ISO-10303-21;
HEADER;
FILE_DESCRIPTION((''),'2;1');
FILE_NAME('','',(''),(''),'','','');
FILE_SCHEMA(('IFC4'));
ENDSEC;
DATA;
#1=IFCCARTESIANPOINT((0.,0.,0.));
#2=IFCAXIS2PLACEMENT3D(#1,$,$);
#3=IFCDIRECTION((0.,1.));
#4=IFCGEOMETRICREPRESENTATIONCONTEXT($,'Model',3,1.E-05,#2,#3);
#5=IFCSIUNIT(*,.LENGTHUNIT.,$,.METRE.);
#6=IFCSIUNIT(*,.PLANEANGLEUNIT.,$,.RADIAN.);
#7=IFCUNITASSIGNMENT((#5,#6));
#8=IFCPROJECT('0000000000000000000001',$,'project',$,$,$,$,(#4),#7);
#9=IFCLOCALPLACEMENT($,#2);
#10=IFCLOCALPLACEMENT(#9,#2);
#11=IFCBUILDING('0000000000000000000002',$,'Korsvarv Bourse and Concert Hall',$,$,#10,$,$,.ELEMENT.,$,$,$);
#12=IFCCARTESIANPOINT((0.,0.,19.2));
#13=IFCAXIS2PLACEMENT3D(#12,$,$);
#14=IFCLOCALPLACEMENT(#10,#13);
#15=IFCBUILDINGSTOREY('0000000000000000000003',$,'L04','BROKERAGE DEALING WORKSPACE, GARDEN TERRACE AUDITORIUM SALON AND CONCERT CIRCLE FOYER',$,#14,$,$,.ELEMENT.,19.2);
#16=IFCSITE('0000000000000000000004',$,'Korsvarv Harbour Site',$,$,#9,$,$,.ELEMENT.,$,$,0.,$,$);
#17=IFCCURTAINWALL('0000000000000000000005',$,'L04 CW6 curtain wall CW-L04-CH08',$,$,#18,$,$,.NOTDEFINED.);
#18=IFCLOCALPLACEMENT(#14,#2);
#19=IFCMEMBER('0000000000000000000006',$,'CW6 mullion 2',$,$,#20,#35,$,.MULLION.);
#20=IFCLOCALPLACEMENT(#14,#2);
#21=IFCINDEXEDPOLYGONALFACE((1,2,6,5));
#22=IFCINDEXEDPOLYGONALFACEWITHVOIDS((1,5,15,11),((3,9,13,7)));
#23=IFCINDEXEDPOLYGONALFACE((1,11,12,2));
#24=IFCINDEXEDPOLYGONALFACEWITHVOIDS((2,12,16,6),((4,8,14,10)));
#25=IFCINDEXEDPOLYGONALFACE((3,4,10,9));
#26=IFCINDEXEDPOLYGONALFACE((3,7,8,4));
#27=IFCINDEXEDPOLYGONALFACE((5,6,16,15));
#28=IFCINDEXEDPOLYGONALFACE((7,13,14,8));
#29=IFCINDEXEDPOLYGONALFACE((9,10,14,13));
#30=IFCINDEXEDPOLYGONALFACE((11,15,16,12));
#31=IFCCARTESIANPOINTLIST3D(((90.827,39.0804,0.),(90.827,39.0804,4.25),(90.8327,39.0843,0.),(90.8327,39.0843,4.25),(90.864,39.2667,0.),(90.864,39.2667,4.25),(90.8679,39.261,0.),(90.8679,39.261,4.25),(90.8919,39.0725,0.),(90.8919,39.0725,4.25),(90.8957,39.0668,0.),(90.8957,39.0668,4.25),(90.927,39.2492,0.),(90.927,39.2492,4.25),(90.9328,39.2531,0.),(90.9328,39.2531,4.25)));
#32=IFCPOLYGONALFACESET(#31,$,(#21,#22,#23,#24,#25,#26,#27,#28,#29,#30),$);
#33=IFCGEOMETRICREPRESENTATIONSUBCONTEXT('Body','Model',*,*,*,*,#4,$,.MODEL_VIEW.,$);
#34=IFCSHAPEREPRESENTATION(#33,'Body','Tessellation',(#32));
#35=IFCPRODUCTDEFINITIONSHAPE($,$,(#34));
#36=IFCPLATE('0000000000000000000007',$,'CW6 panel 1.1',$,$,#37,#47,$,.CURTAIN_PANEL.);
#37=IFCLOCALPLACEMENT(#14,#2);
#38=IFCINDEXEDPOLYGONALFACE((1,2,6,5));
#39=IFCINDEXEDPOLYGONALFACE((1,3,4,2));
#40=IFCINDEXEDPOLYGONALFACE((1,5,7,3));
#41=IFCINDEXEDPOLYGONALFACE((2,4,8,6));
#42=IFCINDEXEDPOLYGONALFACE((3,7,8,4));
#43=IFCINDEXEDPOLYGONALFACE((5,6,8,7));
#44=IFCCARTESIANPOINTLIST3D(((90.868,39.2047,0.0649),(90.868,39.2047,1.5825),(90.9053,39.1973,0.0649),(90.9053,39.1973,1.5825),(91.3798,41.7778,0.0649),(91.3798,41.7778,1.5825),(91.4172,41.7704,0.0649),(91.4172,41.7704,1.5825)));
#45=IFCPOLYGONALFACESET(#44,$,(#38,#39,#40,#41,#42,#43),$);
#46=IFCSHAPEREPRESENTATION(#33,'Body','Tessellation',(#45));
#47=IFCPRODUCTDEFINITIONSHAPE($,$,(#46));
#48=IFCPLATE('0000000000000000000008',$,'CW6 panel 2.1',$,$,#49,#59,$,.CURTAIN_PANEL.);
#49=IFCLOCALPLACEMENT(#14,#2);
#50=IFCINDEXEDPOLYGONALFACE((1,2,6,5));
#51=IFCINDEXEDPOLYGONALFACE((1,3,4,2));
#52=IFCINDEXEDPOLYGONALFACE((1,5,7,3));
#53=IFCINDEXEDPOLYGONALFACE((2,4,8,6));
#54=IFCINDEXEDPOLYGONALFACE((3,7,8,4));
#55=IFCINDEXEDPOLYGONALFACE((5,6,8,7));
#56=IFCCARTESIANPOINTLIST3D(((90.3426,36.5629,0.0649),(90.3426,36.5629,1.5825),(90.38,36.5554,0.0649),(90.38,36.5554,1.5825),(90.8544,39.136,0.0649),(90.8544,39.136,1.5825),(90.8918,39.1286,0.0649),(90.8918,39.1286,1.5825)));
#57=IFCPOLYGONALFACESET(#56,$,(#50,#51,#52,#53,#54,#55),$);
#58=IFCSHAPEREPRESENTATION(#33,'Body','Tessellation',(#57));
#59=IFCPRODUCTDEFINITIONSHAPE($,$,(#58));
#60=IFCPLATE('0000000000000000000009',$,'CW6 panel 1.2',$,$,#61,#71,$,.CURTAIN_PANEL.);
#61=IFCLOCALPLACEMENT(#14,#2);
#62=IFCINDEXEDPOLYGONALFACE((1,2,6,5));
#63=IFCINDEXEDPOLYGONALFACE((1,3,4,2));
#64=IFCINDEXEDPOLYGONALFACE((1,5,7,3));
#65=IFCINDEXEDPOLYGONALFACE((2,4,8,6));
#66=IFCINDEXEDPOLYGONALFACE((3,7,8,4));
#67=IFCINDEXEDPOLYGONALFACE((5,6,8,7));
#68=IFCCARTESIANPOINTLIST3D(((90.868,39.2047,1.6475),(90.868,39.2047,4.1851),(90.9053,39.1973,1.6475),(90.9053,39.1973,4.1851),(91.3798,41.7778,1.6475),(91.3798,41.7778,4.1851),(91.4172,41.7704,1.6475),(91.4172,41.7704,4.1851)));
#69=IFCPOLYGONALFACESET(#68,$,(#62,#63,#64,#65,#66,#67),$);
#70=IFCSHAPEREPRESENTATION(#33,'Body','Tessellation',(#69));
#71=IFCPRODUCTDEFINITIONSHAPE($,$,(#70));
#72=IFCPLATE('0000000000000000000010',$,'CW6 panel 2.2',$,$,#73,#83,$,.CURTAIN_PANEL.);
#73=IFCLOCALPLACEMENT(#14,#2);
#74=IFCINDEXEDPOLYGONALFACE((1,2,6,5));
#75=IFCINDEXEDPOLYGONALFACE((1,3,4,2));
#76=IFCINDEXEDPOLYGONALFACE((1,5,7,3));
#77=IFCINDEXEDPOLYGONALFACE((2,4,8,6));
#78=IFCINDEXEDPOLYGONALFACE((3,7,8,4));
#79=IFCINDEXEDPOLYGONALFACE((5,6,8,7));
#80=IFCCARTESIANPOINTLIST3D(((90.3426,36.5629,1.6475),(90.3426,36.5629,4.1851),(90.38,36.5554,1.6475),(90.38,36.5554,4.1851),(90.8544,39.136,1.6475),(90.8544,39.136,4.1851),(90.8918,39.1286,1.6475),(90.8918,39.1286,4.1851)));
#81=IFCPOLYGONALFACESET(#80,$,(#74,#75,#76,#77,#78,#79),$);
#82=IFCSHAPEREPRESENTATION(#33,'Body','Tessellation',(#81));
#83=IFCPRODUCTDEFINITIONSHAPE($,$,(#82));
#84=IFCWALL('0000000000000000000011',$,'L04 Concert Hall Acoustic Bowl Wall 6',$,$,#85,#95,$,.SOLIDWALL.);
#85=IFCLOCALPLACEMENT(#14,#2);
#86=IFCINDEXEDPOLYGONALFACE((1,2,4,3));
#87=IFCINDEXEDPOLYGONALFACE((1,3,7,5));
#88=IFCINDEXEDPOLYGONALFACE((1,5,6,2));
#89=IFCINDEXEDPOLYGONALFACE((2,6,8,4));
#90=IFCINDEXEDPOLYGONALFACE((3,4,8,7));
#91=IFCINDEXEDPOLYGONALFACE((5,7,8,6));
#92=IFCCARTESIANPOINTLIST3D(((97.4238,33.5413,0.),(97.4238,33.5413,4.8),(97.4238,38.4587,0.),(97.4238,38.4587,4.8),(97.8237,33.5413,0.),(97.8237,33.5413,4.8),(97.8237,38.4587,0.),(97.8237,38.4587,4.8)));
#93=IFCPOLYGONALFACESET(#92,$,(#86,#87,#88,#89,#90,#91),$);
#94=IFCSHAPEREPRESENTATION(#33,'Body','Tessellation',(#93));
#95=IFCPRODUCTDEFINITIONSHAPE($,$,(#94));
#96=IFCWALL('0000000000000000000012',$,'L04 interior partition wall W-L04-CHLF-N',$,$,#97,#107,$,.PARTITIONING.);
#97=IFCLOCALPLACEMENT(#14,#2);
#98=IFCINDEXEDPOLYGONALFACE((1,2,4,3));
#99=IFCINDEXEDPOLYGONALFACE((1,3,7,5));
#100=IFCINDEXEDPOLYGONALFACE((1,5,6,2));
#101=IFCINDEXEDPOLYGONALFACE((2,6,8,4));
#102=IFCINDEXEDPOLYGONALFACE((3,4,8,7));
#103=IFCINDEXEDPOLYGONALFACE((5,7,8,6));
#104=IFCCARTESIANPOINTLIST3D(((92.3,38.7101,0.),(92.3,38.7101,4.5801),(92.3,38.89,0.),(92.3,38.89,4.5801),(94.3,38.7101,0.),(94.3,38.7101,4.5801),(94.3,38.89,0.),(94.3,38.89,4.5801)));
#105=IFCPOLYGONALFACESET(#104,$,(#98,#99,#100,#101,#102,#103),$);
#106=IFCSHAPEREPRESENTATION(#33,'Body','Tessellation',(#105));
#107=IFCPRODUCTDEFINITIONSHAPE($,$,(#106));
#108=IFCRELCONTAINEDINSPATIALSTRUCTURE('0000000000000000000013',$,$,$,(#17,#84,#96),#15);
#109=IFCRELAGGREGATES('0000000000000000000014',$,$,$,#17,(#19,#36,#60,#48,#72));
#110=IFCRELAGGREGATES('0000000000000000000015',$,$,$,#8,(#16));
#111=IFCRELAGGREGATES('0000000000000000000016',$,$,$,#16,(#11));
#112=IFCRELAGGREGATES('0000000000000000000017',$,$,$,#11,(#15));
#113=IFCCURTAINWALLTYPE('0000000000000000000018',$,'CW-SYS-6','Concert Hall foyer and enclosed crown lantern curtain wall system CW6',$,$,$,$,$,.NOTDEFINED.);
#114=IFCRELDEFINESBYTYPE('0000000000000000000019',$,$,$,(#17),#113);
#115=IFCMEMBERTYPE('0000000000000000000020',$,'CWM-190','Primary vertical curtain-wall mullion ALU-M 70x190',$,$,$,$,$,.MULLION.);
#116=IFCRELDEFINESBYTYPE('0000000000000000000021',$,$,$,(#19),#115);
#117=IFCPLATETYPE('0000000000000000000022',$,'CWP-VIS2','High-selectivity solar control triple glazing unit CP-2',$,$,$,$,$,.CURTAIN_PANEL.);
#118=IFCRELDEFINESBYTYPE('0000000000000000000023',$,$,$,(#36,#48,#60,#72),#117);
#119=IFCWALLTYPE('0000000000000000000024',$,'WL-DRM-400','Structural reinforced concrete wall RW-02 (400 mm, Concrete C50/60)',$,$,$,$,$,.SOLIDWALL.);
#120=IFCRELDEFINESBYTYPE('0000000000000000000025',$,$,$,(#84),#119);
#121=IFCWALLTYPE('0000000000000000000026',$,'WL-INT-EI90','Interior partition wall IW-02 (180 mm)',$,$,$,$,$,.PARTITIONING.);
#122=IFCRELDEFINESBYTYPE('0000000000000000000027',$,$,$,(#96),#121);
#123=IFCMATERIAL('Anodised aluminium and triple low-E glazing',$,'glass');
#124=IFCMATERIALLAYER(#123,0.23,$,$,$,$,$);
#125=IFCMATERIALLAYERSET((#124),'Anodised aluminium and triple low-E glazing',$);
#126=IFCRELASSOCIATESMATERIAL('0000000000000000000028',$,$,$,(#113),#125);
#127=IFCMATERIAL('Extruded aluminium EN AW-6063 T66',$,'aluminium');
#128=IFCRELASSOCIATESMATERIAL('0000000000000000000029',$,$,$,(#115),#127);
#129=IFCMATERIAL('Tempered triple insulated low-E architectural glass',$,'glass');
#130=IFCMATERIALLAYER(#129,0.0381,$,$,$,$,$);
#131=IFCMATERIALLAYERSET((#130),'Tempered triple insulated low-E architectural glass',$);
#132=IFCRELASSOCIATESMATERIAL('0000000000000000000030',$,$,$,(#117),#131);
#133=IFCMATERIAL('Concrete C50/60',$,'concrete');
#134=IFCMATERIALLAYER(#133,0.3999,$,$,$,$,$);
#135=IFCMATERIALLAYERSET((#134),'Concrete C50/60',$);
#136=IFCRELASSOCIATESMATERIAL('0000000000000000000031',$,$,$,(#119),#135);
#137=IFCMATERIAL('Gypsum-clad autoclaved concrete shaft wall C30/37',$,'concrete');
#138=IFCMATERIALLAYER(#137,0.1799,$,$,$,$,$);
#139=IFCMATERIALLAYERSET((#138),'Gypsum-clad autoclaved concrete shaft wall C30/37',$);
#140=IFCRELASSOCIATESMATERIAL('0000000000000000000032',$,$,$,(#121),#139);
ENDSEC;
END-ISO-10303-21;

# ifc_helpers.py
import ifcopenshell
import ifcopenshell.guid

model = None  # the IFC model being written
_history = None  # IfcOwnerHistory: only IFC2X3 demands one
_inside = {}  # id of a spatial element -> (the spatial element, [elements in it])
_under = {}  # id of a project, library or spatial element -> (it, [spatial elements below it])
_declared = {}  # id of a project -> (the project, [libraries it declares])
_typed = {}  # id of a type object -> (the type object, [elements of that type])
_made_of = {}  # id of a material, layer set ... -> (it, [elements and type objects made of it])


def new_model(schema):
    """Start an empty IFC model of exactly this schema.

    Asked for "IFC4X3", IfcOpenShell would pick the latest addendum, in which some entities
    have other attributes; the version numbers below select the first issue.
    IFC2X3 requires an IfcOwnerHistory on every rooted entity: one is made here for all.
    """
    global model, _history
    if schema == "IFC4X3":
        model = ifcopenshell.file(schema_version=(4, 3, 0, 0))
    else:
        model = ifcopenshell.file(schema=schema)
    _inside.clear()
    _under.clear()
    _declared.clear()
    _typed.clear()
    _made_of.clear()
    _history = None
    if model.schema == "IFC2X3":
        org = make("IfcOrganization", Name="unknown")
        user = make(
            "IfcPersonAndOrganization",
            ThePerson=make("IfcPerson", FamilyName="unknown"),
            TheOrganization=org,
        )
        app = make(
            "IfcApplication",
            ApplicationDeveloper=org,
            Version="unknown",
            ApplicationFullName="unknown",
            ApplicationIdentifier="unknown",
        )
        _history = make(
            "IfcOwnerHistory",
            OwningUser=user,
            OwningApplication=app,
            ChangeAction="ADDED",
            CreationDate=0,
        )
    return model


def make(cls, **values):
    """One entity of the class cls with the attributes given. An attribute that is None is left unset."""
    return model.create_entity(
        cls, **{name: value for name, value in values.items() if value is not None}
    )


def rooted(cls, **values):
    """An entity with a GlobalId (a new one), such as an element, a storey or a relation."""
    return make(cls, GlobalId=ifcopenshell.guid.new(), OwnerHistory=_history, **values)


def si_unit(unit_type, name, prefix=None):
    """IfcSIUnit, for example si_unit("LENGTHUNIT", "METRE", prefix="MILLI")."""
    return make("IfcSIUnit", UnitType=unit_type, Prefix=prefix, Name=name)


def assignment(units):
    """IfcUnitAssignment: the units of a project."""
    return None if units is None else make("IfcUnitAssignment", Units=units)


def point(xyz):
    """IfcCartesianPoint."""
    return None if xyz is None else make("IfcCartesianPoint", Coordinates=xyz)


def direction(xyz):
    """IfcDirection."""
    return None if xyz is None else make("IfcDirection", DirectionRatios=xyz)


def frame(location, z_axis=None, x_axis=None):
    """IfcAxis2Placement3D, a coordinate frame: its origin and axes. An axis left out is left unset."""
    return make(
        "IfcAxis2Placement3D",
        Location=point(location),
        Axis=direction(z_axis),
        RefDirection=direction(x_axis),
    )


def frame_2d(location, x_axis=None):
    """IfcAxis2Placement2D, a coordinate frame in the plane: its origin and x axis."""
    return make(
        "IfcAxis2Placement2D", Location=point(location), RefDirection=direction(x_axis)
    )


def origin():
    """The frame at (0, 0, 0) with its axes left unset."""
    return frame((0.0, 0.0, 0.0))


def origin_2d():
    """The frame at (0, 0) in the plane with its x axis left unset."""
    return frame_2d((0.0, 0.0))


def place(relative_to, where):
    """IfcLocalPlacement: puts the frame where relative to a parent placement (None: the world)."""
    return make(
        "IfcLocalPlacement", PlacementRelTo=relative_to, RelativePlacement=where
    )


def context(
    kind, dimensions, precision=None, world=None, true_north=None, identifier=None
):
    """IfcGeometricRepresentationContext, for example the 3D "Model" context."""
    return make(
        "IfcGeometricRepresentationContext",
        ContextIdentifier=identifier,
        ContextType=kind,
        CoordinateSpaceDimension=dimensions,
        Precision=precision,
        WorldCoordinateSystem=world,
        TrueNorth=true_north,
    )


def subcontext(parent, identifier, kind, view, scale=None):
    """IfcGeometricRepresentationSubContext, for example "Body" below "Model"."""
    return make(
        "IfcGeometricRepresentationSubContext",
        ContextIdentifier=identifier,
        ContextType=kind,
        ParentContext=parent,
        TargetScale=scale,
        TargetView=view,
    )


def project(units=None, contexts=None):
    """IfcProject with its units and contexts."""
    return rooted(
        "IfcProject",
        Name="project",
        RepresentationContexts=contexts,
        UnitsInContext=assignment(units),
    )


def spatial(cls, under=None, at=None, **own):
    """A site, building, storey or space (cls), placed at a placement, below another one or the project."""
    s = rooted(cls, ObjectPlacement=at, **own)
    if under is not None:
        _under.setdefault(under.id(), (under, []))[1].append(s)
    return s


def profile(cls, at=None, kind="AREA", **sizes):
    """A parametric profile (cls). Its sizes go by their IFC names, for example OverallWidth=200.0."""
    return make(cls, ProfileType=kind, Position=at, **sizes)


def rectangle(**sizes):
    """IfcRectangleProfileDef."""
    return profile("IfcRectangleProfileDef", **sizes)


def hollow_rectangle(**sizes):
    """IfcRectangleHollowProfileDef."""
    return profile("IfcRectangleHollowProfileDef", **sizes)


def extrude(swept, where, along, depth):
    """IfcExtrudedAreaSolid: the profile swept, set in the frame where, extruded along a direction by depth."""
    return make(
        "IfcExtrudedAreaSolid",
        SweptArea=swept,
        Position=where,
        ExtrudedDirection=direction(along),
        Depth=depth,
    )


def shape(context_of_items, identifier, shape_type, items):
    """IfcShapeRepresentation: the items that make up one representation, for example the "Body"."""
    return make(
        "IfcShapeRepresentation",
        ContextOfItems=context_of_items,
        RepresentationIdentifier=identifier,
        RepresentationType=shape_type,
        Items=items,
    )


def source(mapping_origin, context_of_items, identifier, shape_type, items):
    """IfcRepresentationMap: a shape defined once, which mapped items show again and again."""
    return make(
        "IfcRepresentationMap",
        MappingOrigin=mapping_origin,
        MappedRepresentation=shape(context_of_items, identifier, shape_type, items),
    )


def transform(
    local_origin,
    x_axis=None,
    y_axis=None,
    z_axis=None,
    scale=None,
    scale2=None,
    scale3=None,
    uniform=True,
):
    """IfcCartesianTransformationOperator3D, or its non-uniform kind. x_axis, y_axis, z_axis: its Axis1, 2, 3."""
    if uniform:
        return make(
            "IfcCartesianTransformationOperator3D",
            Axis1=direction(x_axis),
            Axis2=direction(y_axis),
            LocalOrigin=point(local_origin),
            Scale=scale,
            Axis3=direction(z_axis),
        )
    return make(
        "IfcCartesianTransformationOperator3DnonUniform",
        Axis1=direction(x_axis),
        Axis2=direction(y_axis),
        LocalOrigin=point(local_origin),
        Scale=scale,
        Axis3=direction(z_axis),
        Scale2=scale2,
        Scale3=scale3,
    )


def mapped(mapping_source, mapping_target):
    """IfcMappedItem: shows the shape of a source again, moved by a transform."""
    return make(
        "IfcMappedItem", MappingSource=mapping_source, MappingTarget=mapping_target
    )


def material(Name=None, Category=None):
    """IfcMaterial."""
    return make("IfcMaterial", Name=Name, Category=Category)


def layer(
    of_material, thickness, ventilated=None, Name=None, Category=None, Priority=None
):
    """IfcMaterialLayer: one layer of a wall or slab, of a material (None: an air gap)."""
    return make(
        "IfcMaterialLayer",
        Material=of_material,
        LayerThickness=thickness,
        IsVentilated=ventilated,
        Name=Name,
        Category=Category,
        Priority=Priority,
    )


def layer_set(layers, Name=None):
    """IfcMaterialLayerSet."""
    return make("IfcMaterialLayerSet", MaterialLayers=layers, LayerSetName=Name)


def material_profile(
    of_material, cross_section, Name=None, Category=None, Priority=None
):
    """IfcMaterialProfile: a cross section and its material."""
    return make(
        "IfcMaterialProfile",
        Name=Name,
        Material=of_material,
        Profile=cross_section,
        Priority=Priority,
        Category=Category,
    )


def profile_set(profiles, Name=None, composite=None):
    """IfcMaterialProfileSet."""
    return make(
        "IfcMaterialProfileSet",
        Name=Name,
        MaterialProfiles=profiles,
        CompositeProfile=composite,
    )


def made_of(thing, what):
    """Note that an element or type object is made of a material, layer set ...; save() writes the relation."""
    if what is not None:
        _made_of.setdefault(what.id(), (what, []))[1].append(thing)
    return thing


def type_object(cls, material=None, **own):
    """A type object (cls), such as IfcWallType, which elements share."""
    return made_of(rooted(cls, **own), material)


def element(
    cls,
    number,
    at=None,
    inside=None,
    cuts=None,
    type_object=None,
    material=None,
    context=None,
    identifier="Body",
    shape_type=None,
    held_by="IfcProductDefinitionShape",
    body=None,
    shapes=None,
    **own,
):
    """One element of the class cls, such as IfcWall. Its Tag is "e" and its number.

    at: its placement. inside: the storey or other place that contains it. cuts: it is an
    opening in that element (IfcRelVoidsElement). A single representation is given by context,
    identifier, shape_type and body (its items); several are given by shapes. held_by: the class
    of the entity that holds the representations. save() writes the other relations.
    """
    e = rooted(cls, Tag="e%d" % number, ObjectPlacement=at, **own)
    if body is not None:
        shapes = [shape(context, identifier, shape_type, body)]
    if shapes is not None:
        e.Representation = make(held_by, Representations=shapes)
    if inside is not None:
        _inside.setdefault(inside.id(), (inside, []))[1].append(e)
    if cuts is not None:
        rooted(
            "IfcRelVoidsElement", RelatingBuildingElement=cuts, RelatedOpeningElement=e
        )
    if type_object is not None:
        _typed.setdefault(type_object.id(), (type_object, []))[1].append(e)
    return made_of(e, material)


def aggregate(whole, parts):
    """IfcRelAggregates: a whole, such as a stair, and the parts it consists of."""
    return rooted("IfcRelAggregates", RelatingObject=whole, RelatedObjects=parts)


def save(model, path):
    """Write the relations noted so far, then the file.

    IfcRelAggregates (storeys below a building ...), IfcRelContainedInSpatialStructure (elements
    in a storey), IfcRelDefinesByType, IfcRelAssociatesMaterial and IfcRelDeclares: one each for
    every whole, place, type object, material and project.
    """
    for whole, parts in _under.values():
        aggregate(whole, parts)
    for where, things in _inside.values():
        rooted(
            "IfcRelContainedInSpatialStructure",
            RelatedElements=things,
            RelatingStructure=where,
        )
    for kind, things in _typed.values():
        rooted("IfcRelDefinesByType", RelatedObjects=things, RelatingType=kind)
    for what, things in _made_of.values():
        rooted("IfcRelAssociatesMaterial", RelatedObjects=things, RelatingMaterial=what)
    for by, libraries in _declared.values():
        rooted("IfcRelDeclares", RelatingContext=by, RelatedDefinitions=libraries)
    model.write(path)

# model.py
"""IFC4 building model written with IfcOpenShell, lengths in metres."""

from ifc_helpers import new_model, si_unit, direction, frame, frame_2d, origin, origin_2d, place, context, subcontext, project, spatial, rectangle, hollow_rectangle, extrude, source, transform, mapped, material, layer, layer_set, material_profile, profile_set, type_object, element, aggregate, save


model = new_model("IFC4")

# Units and contexts
model_context = context("Model", 3, precision=1e-05, world=origin(), true_north=direction((0.0, 1.0)))
body_context = subcontext(model_context, "Body", "Model", "MODEL_VIEW")
ifc_project = project(units=[si_unit("LENGTHUNIT", "METRE"), si_unit("PLANEANGLEUNIT", "RADIAN")], contexts=[model_context])

# Site, building, storey
site_placement = place(None, origin())
site = spatial("IfcSite", under=ifc_project, at=site_placement, Name="Korsvarv Harbour Site", CompositionType="ELEMENT", RefElevation=0.0)
building_placement = place(site_placement, origin())
building = spatial("IfcBuilding", under=site, at=building_placement, Name="Korsvarv Bourse and Concert Hall", CompositionType="ELEMENT")
storey_placement = place(building_placement, frame((0.0, 0.0, 19.2)))
storey = spatial("IfcBuildingStorey", under=building, at=storey_placement, Name="L04", Description="BROKERAGE DEALING WORKSPACE, GARDEN TERRACE AUDITORIUM SALON AND CONCERT CIRCLE FOYER", CompositionType="ELEMENT", Elevation=19.2)

# Shared definitions
ifc_material_1 = material(Name="Concrete C50/60", Category="concrete")

# Curtain wall, member, plates
ifc_material_2 = material(Name="Anodised aluminium and triple low-E glazing", Category="glass")
ifc_layer_1 = layer(ifc_material_2, 0.23)
ifc_layer_set_1 = layer_set([ifc_layer_1], Name="Anodised aluminium and triple low-E glazing")
curtain_wall_type = type_object("IfcCurtainWallType", Name="CW-SYS-6", Description="Concert Hall foyer and enclosed crown lantern curtain wall system CW6", PredefinedType="NOTDEFINED", material=ifc_layer_set_1)
curtain_wall_placement = place(storey_placement, origin())
curtain_wall = element("IfcCurtainWall", 1, at=curtain_wall_placement, inside=storey, type_object=curtain_wall_type, Name="L04 CW6 curtain wall CW-L04-CH08", PredefinedType="NOTDEFINED")
ifc_material_3 = material(Name="Extruded aluminium EN AW-6063 T66", Category="aluminium")
ifc_material_profile_1 = material_profile(ifc_material_3, hollow_rectangle(XDim=0.0701, YDim=0.1899, WallThickness=0.0049, at=origin_2d()), Name="ALU-M 70x190")
ifc_profile_set_1 = profile_set([ifc_material_profile_1], Name="Extruded aluminium EN AW-6063 T66")
member_type_1 = type_object("IfcMemberType", Name="CWM-190", Description="Primary vertical curtain-wall mullion ALU-M 70x190", PredefinedType="MULLION", material=ifc_profile_set_1)
shared_shape_1 = source(origin(), body_context, "Body", "SweptSolid", [
    extrude(hollow_rectangle(XDim=0.0701, YDim=0.1899, WallThickness=0.0049, at=origin_2d()), origin(), (0.0, 0.0, 1.0), 4.25),
])
member_1_placement = place(storey_placement, frame((90.8799, 39.1667, 0.0), z_axis=(0.0, 0.0, 1.0), x_axis=(0.980786, -0.195087, 0.0)))
member_1 = element("IfcMember", 2, at=member_1_placement, type_object=member_type_1, Name="CW6 mullion 2", PredefinedType="MULLION", context=body_context, shape_type="MappedRepresentation", body=[
    mapped(shared_shape_1, transform((0.0, 0.0, 0.0), scale=1.0)),
])
ifc_material_4 = material(Name="Tempered triple insulated low-E architectural glass", Category="glass")
ifc_layer_2 = layer(ifc_material_4, 0.0381)
ifc_layer_set_2 = layer_set([ifc_layer_2], Name="Tempered triple insulated low-E architectural glass")
plate_type = type_object("IfcPlateType", Name="CWP-VIS2", Description="High-selectivity solar control triple glazing unit CP-2", PredefinedType="CURTAIN_PANEL", material=ifc_layer_set_2)
shared_shape_2 = source(origin(), body_context, "Body", "SweptSolid", [
    extrude(rectangle(XDim=2.6235, YDim=0.0381, at=origin_2d()), origin(), (0.0, 0.0, 1.0), 1.5176),
])
plate_1_placement = place(storey_placement, frame((91.1426, 40.4875, 0.0649), z_axis=(0.0, 0.0, 1.0), x_axis=(-0.195087, -0.980786, 0.0)))
plate_1 = element("IfcPlate", 3, at=plate_1_placement, type_object=plate_type, Name="CW6 panel 1.1", PredefinedType="CURTAIN_PANEL", context=body_context, shape_type="MappedRepresentation", body=[
    mapped(shared_shape_2, transform((0.0, 0.0, 0.0), scale=1.0)),
])
plate_2_placement = place(storey_placement, frame((90.6172, 37.8457, 0.0649), z_axis=(0.0, 0.0, 1.0), x_axis=(-0.195087, -0.980786, 0.0)))
plate_2 = element("IfcPlate", 4, at=plate_2_placement, type_object=plate_type, Name="CW6 panel 2.1", PredefinedType="CURTAIN_PANEL", context=body_context, shape_type="MappedRepresentation", body=[
    mapped(shared_shape_2, transform((0.0, 0.0, 0.0), scale=1.0)),
])
shared_shape_3 = source(origin(), body_context, "Body", "SweptSolid", [
    extrude(rectangle(XDim=2.6235, YDim=0.0381, at=origin_2d()), origin(), (0.0, 0.0, 1.0), 2.5376),
])
plate_3_placement = place(storey_placement, frame((91.1426, 40.4875, 1.6475), z_axis=(0.0, 0.0, 1.0), x_axis=(-0.195087, -0.980786, 0.0)))
plate_3 = element("IfcPlate", 5, at=plate_3_placement, type_object=plate_type, Name="CW6 panel 1.2", PredefinedType="CURTAIN_PANEL", context=body_context, shape_type="MappedRepresentation", body=[
    mapped(shared_shape_3, transform((0.0, 0.0, 0.0), scale=1.0)),
])
plate_4_placement = place(storey_placement, frame((90.6172, 37.8457, 1.6475), z_axis=(0.0, 0.0, 1.0), x_axis=(-0.195087, -0.980786, 0.0)))
plate_4 = element("IfcPlate", 6, at=plate_4_placement, type_object=plate_type, Name="CW6 panel 2.2", PredefinedType="CURTAIN_PANEL", context=body_context, shape_type="MappedRepresentation", body=[
    mapped(shared_shape_3, transform((0.0, 0.0, 0.0), scale=1.0)),
])
aggregate(curtain_wall, [member_1, plate_1, plate_3, plate_2, plate_4])

# Walls
ifc_layer_3 = layer(ifc_material_1, 0.3999)
ifc_layer_set_3 = layer_set([ifc_layer_3], Name="Concrete C50/60")
wall_type_1 = type_object("IfcWallType", Name="WL-DRM-400", Description="Structural reinforced concrete wall RW-02 (400 mm, Concrete C50/60)", PredefinedType="SOLIDWALL", material=ifc_layer_set_3)
wall_1_placement = place(storey_placement, frame((97.6238, 38.4587, 0.0), z_axis=(0.0, 0.0, 1.0), x_axis=(0.0, -1.0, 0.0)))
element("IfcWall", 7, at=wall_1_placement, inside=storey, type_object=wall_type_1, Name="L04 Concert Hall Acoustic Bowl Wall 6", PredefinedType="SOLIDWALL", context=body_context, shape_type="SweptSolid", body=[
    extrude(rectangle(XDim=4.9175, YDim=0.3999, at=frame_2d((2.4587, 0.0))), origin(), (0.0, 0.0, 1.0), 4.8),
])
ifc_material_5 = material(Name="Gypsum-clad autoclaved concrete shaft wall C30/37", Category="concrete")
ifc_layer_4 = layer(ifc_material_5, 0.1799)
ifc_layer_set_4 = layer_set([ifc_layer_4], Name="Gypsum-clad autoclaved concrete shaft wall C30/37")
wall_type_2 = type_object("IfcWallType", Name="WL-INT-EI90", Description="Interior partition wall IW-02 (180 mm)", PredefinedType="PARTITIONING", material=ifc_layer_set_4)
wall_2_placement = place(storey_placement, frame((92.3, 38.8, 0.0), z_axis=(0.0, 0.0, 1.0), x_axis=(1.0, 0.0, 0.0)))
element("IfcWall", 8, at=wall_2_placement, inside=storey, type_object=wall_type_2, Name="L04 interior partition wall W-L04-CHLF-N", PredefinedType="PARTITIONING", context=body_context, shape_type="SweptSolid", body=[
    extrude(rectangle(XDim=2.0, YDim=0.1799, at=frame_2d((1.0, 0.0))), origin(), (0.0, 0.0, 1.0), 4.5801),
])

save(model, "model.ifc")
